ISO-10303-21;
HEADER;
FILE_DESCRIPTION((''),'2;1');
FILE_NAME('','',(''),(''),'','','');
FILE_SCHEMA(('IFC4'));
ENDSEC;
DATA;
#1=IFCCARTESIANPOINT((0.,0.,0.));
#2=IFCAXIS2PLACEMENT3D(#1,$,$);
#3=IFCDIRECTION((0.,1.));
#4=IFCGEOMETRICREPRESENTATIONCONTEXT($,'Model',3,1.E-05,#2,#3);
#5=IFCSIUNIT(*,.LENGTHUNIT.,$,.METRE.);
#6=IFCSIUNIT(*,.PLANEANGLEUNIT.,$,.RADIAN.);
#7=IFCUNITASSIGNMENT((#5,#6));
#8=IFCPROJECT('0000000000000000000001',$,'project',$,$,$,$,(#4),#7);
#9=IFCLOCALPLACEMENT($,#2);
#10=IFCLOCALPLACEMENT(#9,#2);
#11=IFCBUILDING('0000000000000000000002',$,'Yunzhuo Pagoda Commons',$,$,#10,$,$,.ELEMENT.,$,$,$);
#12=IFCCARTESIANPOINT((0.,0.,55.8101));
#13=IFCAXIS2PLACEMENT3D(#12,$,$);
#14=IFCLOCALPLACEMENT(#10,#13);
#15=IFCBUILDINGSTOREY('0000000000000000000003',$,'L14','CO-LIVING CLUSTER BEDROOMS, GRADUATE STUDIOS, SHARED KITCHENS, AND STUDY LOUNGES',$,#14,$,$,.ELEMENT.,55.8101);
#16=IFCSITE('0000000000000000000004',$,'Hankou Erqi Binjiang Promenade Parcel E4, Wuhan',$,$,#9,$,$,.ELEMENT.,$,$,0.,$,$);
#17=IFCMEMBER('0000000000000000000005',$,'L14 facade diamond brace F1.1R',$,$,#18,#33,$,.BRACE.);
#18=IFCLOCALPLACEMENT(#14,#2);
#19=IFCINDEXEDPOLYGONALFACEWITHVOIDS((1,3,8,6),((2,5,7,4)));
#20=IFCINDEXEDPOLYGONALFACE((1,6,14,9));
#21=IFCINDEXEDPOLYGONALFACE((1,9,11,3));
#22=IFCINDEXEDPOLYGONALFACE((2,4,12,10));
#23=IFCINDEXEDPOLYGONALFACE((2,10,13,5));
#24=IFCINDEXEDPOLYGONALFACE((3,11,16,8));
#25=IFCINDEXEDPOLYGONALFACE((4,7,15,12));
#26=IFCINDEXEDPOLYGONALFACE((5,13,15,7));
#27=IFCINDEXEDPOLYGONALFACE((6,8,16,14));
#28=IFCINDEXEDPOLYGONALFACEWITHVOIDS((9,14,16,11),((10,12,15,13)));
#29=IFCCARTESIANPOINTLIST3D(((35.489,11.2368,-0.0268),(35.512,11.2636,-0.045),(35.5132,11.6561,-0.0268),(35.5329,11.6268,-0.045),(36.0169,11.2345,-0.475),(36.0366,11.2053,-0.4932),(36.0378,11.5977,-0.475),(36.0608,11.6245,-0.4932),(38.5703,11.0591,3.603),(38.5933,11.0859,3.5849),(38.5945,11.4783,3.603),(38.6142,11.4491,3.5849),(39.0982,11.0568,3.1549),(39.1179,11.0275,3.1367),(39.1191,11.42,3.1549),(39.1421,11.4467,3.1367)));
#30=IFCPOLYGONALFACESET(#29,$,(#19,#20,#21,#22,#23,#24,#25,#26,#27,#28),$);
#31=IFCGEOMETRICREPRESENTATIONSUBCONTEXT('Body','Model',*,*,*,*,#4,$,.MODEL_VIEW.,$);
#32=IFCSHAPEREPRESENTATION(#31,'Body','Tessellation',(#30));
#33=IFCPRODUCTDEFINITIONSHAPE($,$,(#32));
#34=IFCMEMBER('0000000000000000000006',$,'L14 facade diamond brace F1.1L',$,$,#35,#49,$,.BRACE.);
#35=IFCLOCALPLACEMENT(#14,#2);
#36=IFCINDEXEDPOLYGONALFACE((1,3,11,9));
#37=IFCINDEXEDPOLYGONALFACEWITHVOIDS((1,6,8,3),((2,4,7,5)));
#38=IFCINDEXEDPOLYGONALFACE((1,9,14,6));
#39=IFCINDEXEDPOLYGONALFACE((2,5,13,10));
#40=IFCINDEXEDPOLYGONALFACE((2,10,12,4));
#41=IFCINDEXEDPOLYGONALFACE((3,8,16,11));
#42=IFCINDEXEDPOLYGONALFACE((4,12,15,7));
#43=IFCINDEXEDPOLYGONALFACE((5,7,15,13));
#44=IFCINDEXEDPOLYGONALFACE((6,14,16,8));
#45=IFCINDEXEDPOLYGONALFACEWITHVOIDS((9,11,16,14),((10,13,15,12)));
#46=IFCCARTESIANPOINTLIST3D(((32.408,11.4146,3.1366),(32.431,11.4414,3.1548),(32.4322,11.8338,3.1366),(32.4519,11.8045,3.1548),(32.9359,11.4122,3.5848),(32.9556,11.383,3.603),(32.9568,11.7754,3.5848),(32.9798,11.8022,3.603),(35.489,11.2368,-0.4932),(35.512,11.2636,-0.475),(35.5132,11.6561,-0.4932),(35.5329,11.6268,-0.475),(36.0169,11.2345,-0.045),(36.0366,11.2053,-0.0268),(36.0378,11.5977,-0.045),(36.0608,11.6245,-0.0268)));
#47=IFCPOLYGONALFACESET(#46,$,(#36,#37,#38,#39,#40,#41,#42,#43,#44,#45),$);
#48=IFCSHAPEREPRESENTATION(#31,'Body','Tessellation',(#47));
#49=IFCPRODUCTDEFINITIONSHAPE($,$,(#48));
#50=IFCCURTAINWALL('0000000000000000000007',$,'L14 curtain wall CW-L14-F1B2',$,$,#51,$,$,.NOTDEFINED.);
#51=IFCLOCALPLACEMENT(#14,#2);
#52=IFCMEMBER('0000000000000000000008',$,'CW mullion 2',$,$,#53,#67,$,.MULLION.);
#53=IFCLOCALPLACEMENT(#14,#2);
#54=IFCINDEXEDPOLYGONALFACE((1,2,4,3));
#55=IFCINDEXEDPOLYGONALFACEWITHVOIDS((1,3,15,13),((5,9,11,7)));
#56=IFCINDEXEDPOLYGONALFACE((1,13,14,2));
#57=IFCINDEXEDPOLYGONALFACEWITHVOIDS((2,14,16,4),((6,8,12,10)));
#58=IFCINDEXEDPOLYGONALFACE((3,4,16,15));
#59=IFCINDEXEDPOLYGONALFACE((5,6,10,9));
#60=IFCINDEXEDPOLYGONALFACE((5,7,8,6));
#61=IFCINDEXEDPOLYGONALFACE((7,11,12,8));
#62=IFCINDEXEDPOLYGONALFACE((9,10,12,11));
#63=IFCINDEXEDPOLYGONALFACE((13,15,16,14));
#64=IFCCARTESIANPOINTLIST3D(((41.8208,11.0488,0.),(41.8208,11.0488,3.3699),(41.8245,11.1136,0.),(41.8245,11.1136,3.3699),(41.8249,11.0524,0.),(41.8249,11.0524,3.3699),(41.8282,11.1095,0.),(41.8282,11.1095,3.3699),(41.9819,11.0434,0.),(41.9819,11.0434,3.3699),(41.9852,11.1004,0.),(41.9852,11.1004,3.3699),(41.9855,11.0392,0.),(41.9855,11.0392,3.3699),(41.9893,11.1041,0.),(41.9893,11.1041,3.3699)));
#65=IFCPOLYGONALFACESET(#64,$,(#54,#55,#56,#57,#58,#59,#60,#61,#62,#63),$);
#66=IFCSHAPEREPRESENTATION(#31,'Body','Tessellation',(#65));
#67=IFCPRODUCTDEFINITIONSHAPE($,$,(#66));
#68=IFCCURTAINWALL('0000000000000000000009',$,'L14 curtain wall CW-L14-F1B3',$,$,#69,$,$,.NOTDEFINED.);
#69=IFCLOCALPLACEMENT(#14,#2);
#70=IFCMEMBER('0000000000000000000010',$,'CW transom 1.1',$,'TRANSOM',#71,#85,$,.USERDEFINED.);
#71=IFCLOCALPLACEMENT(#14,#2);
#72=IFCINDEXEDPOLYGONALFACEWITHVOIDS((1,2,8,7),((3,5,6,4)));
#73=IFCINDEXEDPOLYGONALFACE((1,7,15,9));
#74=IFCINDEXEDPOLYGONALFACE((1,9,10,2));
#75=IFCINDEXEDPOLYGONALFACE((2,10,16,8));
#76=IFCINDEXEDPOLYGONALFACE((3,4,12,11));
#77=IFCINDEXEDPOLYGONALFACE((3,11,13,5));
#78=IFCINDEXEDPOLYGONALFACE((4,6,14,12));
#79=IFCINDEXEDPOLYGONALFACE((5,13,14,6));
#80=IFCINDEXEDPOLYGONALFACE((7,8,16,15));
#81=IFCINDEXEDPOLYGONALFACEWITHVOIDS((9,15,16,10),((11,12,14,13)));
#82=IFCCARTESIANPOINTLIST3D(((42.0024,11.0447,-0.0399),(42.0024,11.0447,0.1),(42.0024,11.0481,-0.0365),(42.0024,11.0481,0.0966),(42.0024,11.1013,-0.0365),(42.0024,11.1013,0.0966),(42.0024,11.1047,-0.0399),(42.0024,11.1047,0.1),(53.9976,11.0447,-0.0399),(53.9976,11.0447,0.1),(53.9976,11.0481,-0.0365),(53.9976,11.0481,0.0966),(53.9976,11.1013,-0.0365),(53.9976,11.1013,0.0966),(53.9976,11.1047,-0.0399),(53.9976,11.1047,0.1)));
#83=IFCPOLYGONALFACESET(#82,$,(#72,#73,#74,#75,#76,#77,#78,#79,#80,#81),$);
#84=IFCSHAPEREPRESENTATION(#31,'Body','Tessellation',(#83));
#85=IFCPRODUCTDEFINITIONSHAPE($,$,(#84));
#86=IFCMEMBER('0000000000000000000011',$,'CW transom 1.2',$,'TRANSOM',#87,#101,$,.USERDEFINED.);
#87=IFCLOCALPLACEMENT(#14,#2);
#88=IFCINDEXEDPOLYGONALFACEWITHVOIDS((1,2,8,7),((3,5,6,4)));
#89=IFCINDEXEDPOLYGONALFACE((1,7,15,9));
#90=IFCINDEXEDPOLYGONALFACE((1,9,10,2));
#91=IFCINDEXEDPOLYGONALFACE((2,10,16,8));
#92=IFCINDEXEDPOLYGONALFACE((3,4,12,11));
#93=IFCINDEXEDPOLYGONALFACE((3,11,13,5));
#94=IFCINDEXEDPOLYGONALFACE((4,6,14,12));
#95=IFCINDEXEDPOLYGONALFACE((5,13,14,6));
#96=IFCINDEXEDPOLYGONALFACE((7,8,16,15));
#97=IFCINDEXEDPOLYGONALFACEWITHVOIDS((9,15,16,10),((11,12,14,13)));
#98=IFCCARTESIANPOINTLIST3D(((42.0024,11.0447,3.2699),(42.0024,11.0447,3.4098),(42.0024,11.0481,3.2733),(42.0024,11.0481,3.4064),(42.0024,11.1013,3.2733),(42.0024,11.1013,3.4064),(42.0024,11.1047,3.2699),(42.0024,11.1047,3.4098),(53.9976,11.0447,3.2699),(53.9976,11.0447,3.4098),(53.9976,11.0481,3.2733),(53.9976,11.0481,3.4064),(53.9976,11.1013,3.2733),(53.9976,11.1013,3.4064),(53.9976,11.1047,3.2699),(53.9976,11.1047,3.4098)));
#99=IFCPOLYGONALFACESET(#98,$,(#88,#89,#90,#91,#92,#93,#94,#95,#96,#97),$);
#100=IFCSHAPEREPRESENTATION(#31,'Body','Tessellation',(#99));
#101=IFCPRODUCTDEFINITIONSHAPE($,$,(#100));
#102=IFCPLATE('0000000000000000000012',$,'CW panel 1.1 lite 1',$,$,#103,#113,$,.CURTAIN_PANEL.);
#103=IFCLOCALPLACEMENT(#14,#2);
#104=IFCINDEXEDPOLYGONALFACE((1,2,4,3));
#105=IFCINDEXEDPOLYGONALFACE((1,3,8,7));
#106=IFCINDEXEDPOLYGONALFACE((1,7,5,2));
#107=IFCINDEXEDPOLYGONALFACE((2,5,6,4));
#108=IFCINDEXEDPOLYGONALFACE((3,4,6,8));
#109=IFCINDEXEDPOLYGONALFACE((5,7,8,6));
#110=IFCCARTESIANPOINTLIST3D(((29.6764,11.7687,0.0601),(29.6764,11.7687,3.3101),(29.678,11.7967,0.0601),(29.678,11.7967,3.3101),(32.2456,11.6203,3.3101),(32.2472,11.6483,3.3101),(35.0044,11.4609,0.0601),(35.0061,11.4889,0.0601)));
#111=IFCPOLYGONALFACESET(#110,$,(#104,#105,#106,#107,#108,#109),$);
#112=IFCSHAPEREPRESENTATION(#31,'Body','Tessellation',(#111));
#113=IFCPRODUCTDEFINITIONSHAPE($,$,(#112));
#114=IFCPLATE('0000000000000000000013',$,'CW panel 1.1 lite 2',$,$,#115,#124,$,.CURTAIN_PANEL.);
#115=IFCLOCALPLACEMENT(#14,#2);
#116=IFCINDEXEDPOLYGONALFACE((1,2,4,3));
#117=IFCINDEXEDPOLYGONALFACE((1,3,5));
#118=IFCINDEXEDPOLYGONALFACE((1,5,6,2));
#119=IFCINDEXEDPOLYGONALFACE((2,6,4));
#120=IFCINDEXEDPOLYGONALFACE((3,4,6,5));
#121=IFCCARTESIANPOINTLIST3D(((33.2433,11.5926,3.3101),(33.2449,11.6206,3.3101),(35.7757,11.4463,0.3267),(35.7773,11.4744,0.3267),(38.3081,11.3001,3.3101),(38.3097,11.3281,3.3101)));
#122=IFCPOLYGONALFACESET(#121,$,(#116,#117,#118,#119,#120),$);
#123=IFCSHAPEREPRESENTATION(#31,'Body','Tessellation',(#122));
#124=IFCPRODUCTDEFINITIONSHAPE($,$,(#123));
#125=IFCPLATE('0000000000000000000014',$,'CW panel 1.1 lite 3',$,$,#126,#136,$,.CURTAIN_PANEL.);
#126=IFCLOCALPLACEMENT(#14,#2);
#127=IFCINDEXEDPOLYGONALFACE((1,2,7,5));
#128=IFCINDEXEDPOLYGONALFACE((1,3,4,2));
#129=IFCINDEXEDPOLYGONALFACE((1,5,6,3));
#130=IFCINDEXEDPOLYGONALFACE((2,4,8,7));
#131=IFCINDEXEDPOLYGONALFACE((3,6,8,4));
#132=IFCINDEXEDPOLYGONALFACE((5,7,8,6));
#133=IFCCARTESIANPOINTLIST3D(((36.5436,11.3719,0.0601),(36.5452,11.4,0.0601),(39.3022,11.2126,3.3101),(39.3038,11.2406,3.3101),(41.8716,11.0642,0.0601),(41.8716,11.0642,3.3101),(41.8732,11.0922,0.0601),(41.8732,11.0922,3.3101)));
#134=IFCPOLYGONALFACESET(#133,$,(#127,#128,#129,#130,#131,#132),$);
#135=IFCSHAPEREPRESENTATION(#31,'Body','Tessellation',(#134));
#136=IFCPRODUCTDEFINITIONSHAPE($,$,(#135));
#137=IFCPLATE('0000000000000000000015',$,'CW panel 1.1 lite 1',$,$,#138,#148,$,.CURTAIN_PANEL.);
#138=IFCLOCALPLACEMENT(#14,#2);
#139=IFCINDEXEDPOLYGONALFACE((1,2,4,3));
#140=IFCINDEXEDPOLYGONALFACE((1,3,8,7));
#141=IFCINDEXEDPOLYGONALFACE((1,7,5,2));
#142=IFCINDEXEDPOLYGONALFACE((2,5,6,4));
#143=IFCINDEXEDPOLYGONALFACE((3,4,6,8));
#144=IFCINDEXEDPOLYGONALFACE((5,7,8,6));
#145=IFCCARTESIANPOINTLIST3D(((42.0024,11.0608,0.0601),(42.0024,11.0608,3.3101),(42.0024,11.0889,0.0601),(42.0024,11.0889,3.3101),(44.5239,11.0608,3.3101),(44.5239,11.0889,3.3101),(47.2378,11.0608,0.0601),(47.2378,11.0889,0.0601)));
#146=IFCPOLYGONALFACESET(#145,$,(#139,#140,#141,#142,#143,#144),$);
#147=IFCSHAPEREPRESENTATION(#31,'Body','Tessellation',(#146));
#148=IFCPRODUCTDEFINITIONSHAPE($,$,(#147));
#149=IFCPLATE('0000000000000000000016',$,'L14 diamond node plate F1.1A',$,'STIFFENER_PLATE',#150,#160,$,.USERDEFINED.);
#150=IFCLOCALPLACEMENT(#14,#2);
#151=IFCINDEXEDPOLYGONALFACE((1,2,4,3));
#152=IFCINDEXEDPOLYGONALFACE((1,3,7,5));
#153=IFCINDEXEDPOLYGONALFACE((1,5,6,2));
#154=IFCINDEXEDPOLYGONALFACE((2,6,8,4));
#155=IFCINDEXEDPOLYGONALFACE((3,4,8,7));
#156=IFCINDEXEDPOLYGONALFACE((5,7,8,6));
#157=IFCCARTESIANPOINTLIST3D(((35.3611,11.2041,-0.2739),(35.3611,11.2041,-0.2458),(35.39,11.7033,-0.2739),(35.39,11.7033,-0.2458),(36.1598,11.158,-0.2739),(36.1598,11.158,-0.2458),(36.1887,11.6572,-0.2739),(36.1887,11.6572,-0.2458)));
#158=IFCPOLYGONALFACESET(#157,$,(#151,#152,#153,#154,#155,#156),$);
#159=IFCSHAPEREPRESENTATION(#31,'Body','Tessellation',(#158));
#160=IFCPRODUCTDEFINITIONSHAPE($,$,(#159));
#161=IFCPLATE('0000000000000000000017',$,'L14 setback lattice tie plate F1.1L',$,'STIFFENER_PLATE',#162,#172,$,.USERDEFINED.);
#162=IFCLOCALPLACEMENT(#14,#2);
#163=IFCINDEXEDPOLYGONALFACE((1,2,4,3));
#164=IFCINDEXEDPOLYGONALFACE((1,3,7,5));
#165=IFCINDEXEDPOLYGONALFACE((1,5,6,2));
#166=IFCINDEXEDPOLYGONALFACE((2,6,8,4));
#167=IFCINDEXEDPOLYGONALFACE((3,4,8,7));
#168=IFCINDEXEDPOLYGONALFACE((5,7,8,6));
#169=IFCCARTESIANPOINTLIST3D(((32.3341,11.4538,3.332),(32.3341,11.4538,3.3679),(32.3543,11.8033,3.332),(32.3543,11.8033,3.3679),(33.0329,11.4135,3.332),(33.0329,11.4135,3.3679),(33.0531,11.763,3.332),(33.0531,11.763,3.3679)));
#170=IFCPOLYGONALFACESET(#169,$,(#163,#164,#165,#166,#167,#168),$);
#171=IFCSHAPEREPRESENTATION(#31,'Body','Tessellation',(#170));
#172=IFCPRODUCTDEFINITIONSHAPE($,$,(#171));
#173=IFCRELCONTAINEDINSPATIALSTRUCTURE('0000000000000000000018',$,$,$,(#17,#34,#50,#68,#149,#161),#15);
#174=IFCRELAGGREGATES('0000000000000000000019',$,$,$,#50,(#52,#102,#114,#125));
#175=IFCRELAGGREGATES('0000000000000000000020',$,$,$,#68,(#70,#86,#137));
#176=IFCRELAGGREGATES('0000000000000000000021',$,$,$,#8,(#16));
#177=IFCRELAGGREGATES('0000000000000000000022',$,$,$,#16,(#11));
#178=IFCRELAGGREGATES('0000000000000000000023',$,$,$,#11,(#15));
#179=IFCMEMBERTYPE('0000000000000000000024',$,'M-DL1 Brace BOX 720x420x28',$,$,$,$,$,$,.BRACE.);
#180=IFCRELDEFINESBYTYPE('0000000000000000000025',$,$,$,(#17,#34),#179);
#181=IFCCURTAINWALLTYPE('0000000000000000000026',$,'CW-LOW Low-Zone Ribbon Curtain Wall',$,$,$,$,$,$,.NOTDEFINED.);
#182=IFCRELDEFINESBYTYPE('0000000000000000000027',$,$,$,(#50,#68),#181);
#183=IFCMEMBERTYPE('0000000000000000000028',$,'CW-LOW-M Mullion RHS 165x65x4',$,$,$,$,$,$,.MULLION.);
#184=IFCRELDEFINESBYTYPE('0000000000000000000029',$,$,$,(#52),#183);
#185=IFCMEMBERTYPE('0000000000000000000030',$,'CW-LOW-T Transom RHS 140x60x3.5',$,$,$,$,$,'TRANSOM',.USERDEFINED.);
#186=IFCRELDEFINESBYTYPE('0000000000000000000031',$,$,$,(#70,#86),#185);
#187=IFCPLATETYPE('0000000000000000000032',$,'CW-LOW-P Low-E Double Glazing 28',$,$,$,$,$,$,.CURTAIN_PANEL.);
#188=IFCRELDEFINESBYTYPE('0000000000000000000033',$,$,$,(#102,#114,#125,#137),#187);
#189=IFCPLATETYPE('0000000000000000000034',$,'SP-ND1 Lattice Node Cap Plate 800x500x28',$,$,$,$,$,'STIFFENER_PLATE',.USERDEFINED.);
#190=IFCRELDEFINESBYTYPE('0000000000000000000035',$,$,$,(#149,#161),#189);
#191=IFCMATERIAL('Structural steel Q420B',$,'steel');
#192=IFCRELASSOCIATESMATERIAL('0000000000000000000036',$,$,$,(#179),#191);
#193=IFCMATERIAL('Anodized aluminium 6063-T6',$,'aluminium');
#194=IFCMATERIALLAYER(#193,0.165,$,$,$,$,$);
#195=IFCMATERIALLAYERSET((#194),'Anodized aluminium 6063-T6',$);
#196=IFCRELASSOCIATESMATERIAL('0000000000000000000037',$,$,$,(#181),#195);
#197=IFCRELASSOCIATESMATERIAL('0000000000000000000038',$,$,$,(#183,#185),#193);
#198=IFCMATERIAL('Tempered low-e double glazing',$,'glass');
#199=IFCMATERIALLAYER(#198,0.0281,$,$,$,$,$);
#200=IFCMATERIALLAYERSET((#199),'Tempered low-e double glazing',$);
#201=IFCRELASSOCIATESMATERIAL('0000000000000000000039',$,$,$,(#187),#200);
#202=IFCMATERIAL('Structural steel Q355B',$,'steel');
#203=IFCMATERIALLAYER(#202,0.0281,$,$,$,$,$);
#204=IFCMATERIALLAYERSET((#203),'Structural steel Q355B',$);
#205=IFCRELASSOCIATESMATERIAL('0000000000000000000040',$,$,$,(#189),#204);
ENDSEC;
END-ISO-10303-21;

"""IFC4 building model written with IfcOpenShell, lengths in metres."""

from ifc_helpers import new_model, si_unit, direction, frame, origin, origin_2d, place, context, subcontext, project, spatial, polyline, rectangle, hollow_rectangle, outline, extrude, source, transform, mapped, material, layer, layer_set, material_profile, profile_set, type_object, element, aggregate, save


model = new_model("IFC4")

# Units and contexts
model_context = context("Model", 3, precision=1e-05, world=origin(), true_north=direction((0.0, 1.0)))
body_context = subcontext(model_context, "Body", "Model", "MODEL_VIEW")
ifc_project = project(units=[si_unit("LENGTHUNIT", "METRE"), si_unit("PLANEANGLEUNIT", "RADIAN")], contexts=[model_context])

# Site, building, storey
site_placement = place(None, origin())
site = spatial("IfcSite", under=ifc_project, at=site_placement, Name="Hankou Erqi Binjiang Promenade Parcel E4, Wuhan", CompositionType="ELEMENT", RefElevation=0.0)
building_placement = place(site_placement, origin())
building = spatial("IfcBuilding", under=site, at=building_placement, Name="Yunzhuo Pagoda Commons", CompositionType="ELEMENT")
storey_placement = place(building_placement, frame((0.0, 0.0, 55.8101)))
storey = spatial("IfcBuildingStorey", under=building, at=storey_placement, Name="L14", Description="CO-LIVING CLUSTER BEDROOMS, GRADUATE STUDIOS, SHARED KITCHENS, AND STUDY LOUNGES", CompositionType="ELEMENT", Elevation=55.8101)

# Shared definitions
ifc_material_1 = material(Name="Structural steel Q420B", Category="steel")

# Shared definitions
ifc_material_2 = material(Name="Structural steel Q355B", Category="steel")

# Members
ifc_material_profile_1 = material_profile(ifc_material_1, hollow_rectangle(XDim=0.4199, YDim=0.72, WallThickness=0.0281, at=origin_2d()), Name="Structural steel Q420B")
ifc_profile_set_1 = profile_set([ifc_material_profile_1], Name="Structural steel Q420B")
member_type_1 = type_object("IfcMemberType", Name="M-DL1 Brace BOX 720x420x28", PredefinedType="BRACE", material=ifc_profile_set_1)
shared_shape_1 = source(origin(), body_context, "Body", "SweptSolid", [
    extrude(hollow_rectangle(XDim=0.4199, YDim=0.72, WallThickness=0.0281, at=origin_2d()), origin(), (0.0, 0.0, 1.0), 4.7646),
])
member_1_placement = place(storey_placement, frame((35.7749, 11.4307, -0.26), z_axis=(0.646698, -0.037303, 0.761834), x_axis=(0.057586, 0.998341, 0.0)))
element("IfcMember", 1, at=member_1_placement, inside=storey, type_object=member_type_1, Name="L14 facade diamond brace F1.1R", PredefinedType="BRACE", context=body_context, shape_type="MappedRepresentation", body=[
    mapped(shared_shape_1, transform((0.0, 0.0, 0.0), scale=1.0)),
])
shared_shape_2 = source(origin(), body_context, "Body", "SweptSolid", [
    extrude(hollow_rectangle(XDim=0.4199, YDim=0.72, WallThickness=0.0281, at=origin_2d()), origin(), (0.0, 0.0, 1.0), 4.7644),
])
member_2_placement = place(storey_placement, frame((35.7749, 11.4307, -0.26), z_axis=(-0.646668, 0.037304, 0.761859), x_axis=(-0.05759, -0.99834, 0.0)))
element("IfcMember", 2, at=member_2_placement, inside=storey, type_object=member_type_1, Name="L14 facade diamond brace F1.1L", PredefinedType="BRACE", context=body_context, shape_type="MappedRepresentation", body=[
    mapped(shared_shape_2, transform((0.0, 0.0, 0.0), scale=1.0)),
])

# Curtain wall, member
ifc_material_3 = material(Name="Anodized aluminium 6063-T6", Category="aluminium")
ifc_layer_1 = layer(ifc_material_3, 0.165)
ifc_layer_set_1 = layer_set([ifc_layer_1], Name="Anodized aluminium 6063-T6")
curtain_wall_type = type_object("IfcCurtainWallType", Name="CW-LOW Low-Zone Ribbon Curtain Wall", PredefinedType="NOTDEFINED", material=ifc_layer_set_1)
curtain_wall_1_placement = place(storey_placement, origin())
curtain_wall_1 = element("IfcCurtainWall", 3, at=curtain_wall_1_placement, inside=storey, type_object=curtain_wall_type, Name="L14 curtain wall CW-L14-F1B2", PredefinedType="NOTDEFINED")
ifc_material_profile_2 = material_profile(ifc_material_3, hollow_rectangle(XDim=0.0649, YDim=0.165, WallThickness=0.0039, at=origin_2d()), Name="Anodized aluminium 6063-T6")
ifc_profile_set_2 = profile_set([ifc_material_profile_2], Name="Anodized aluminium 6063-T6")
member_type_2 = type_object("IfcMemberType", Name="CW-LOW-M Mullion RHS 165x65x4", PredefinedType="MULLION", material=ifc_profile_set_2)
shared_shape_3 = source(origin(), body_context, "Body", "SweptSolid", [
    extrude(hollow_rectangle(XDim=0.0649, YDim=0.165, WallThickness=0.0039, at=origin_2d()), origin(), (0.0, 0.0, 1.0), 3.3699),
])
member_3_placement = place(storey_placement, frame((41.905, 11.0764, 0.0), z_axis=(0.0, 0.0, 1.0), x_axis=(0.057664, 0.998336, 0.0)))
member_3 = element("IfcMember", 4, at=member_3_placement, type_object=member_type_2, Name="CW mullion 2", PredefinedType="MULLION", context=body_context, shape_type="MappedRepresentation", body=[
    mapped(shared_shape_3, transform((0.0, 0.0, 0.0), scale=1.0)),
])

# Curtain wall, members
curtain_wall_2_placement = place(storey_placement, origin())
curtain_wall_2 = element("IfcCurtainWall", 5, at=curtain_wall_2_placement, inside=storey, type_object=curtain_wall_type, Name="L14 curtain wall CW-L14-F1B3", PredefinedType="NOTDEFINED")
ifc_material_profile_3 = material_profile(ifc_material_3, hollow_rectangle(XDim=0.0601, YDim=0.1399, WallThickness=0.0034, at=origin_2d()), Name="Anodized aluminium 6063-T6")
ifc_profile_set_3 = profile_set([ifc_material_profile_3], Name="Anodized aluminium 6063-T6")
member_type_3 = type_object("IfcMemberType", Name="CW-LOW-T Transom RHS 140x60x3.5", ElementType="TRANSOM", PredefinedType="USERDEFINED", material=ifc_profile_set_3)
shared_shape_4 = source(origin(), body_context, "Body", "SweptSolid", [
    extrude(hollow_rectangle(XDim=0.0601, YDim=0.1399, WallThickness=0.0034, at=origin_2d()), origin(), (0.0, 0.0, 1.0), 11.9951),
])
member_4_placement = place(storey_placement, frame((42.0024, 11.0747, 0.03), z_axis=(1.0, 0.0, 0.0), x_axis=(0.0, 1.0, 0.0)))
member_4 = element("IfcMember", 6, at=member_4_placement, type_object=member_type_3, Name="CW transom 1.1", ObjectType="TRANSOM", PredefinedType="USERDEFINED", context=body_context, shape_type="MappedRepresentation", body=[
    mapped(shared_shape_4, transform((0.0, 0.0, 0.0), scale=1.0)),
])
member_5_placement = place(storey_placement, frame((42.0024, 11.0747, 3.3398), z_axis=(1.0, 0.0, 0.0), x_axis=(0.0, 1.0, 0.0)))
member_5 = element("IfcMember", 7, at=member_5_placement, type_object=member_type_3, Name="CW transom 1.2", ObjectType="TRANSOM", PredefinedType="USERDEFINED", context=body_context, shape_type="MappedRepresentation", body=[
    mapped(shared_shape_4, transform((0.0, 0.0, 0.0), scale=1.0)),
])

# Plates
ifc_material_4 = material(Name="Tempered low-e double glazing", Category="glass")
ifc_layer_2 = layer(ifc_material_4, 0.0281)
ifc_layer_set_2 = layer_set([ifc_layer_2], Name="Tempered low-e double glazing")
plate_type_1 = type_object("IfcPlateType", Name="CW-LOW-P Low-E Double Glazing 28", PredefinedType="CURTAIN_PANEL", material=ifc_layer_set_2)
plate_1_placement = place(storey_placement, frame((32.342, 11.6428, 1.6851), z_axis=(-0.057664, -0.998336, 0.0), x_axis=(0.998336, -0.057664, 0.0)))
plate_1 = element("IfcPlate", 8, at=plate_1_placement, type_object=plate_type_1, Name="CW panel 1.1 lite 1", PredefinedType="CURTAIN_PANEL", context=body_context, shape_type="SweptSolid", body=[
    extrude(outline(polyline([(-2.6685, -1.625), (2.6685, -1.625), (-0.095, 1.625), (-2.6685, 1.625), (-2.6685, -1.625)])), origin(), (0.0, 0.0, 1.0), 0.0281),
])
plate_2_placement = place(storey_placement, frame((35.7773, 11.4744, 1.8184), z_axis=(-0.057664, -0.998336, 0.0), x_axis=(0.998336, -0.057664, 0.0)))
plate_2 = element("IfcPlate", 9, at=plate_2_placement, type_object=plate_type_1, Name="CW panel 1.1 lite 2", PredefinedType="CURTAIN_PANEL", context=body_context, shape_type="SweptSolid", body=[
    extrude(outline(polyline([(-2.5366, 1.4917), (0.0, -1.4917), (2.5366, 1.4917), (-2.5366, 1.4917)])), origin(), (0.0, 0.0, 1.0), 0.0281),
])
plate_3_placement = place(storey_placement, frame((39.2092, 11.2461, 1.6851), z_axis=(-0.057664, -0.998336, 0.0), x_axis=(0.998336, -0.057664, 0.0)))
plate_3 = element("IfcPlate", 10, at=plate_3_placement, type_object=plate_type_1, Name="CW panel 1.1 lite 3", PredefinedType="CURTAIN_PANEL", context=body_context, shape_type="SweptSolid", body=[
    extrude(outline(polyline([(-2.6685, -1.625), (2.6685, -1.625), (2.6685, 1.625), (0.0947, 1.625), (-2.6685, -1.625)])), origin(), (0.0, 0.0, 1.0), 0.0281),
])
aggregate(curtain_wall_1, [member_3, plate_1, plate_2, plate_3])
plate_4_placement = place(storey_placement, frame((44.6201, 11.0889, 1.6851), z_axis=(0.0, -1.0, 0.0), x_axis=(1.0, 0.0, 0.0)))
plate_4 = element("IfcPlate", 11, at=plate_4_placement, type_object=plate_type_1, Name="CW panel 1.1 lite 1", PredefinedType="CURTAIN_PANEL", context=body_context, shape_type="SweptSolid", body=[
    extrude(outline(polyline([(-2.6177, -1.625), (2.6177, -1.625), (-0.0962, 1.625), (-2.6177, 1.625), (-2.6177, -1.625)])), origin(), (0.0, 0.0, 1.0), 0.0281),
])
aggregate(curtain_wall_2, [member_4, member_5, plate_4])

# Plates
ifc_layer_3 = layer(ifc_material_2, 0.0281)
ifc_layer_set_3 = layer_set([ifc_layer_3], Name="Structural steel Q355B")
plate_type_2 = type_object("IfcPlateType", Name="SP-ND1 Lattice Node Cap Plate 800x500x28", ElementType="STIFFENER_PLATE", PredefinedType="USERDEFINED", material=ifc_layer_set_3)
shared_shape_5 = source(origin(), body_context, "Body", "SweptSolid", [
    extrude(rectangle(XDim=0.8, YDim=0.5, at=origin_2d()), origin(), (0.0, 0.0, 1.0), 0.0281),
])
plate_5_placement = place(storey_placement, frame((35.7749, 11.4307, -0.2739), z_axis=(0.0, 0.0, 1.0), x_axis=(0.998336, -0.057669, 0.0)))
element("IfcPlate", 12, at=plate_5_placement, inside=storey, type_object=plate_type_2, Name="L14 diamond node plate F1.1A", ObjectType="STIFFENER_PLATE", PredefinedType="USERDEFINED", context=body_context, shape_type="MappedRepresentation", body=[
    mapped(shared_shape_5, transform((0.0, 0.0, 0.0), scale=1.0)),
])
shared_shape_6 = source(origin(), body_context, "Body", "SweptSolid", [
    extrude(rectangle(XDim=0.7, YDim=0.3501, at=origin_2d()), origin(), (0.0, 0.0, 1.0), 0.0359),
])
for number, where, z_axis, x_axis, name in (
    (13, (32.6936, 11.6084, 3.332), (0.0, 0.0, 1.0), (0.998336, -0.057669, 0.0), "L14 setback lattice tie plate F1.1L"),
):
    element("IfcPlate", number, at=place(storey_placement, frame(where, z_axis=z_axis, x_axis=x_axis)), inside=storey, type_object=plate_type_2, Name=name, ObjectType="STIFFENER_PLATE", PredefinedType="USERDEFINED", context=body_context, shape_type="MappedRepresentation", body=[
        mapped(shared_shape_6, transform((0.0, 0.0, 0.0), scale=1.0)),
    ])

save(model, "model.ifc")
